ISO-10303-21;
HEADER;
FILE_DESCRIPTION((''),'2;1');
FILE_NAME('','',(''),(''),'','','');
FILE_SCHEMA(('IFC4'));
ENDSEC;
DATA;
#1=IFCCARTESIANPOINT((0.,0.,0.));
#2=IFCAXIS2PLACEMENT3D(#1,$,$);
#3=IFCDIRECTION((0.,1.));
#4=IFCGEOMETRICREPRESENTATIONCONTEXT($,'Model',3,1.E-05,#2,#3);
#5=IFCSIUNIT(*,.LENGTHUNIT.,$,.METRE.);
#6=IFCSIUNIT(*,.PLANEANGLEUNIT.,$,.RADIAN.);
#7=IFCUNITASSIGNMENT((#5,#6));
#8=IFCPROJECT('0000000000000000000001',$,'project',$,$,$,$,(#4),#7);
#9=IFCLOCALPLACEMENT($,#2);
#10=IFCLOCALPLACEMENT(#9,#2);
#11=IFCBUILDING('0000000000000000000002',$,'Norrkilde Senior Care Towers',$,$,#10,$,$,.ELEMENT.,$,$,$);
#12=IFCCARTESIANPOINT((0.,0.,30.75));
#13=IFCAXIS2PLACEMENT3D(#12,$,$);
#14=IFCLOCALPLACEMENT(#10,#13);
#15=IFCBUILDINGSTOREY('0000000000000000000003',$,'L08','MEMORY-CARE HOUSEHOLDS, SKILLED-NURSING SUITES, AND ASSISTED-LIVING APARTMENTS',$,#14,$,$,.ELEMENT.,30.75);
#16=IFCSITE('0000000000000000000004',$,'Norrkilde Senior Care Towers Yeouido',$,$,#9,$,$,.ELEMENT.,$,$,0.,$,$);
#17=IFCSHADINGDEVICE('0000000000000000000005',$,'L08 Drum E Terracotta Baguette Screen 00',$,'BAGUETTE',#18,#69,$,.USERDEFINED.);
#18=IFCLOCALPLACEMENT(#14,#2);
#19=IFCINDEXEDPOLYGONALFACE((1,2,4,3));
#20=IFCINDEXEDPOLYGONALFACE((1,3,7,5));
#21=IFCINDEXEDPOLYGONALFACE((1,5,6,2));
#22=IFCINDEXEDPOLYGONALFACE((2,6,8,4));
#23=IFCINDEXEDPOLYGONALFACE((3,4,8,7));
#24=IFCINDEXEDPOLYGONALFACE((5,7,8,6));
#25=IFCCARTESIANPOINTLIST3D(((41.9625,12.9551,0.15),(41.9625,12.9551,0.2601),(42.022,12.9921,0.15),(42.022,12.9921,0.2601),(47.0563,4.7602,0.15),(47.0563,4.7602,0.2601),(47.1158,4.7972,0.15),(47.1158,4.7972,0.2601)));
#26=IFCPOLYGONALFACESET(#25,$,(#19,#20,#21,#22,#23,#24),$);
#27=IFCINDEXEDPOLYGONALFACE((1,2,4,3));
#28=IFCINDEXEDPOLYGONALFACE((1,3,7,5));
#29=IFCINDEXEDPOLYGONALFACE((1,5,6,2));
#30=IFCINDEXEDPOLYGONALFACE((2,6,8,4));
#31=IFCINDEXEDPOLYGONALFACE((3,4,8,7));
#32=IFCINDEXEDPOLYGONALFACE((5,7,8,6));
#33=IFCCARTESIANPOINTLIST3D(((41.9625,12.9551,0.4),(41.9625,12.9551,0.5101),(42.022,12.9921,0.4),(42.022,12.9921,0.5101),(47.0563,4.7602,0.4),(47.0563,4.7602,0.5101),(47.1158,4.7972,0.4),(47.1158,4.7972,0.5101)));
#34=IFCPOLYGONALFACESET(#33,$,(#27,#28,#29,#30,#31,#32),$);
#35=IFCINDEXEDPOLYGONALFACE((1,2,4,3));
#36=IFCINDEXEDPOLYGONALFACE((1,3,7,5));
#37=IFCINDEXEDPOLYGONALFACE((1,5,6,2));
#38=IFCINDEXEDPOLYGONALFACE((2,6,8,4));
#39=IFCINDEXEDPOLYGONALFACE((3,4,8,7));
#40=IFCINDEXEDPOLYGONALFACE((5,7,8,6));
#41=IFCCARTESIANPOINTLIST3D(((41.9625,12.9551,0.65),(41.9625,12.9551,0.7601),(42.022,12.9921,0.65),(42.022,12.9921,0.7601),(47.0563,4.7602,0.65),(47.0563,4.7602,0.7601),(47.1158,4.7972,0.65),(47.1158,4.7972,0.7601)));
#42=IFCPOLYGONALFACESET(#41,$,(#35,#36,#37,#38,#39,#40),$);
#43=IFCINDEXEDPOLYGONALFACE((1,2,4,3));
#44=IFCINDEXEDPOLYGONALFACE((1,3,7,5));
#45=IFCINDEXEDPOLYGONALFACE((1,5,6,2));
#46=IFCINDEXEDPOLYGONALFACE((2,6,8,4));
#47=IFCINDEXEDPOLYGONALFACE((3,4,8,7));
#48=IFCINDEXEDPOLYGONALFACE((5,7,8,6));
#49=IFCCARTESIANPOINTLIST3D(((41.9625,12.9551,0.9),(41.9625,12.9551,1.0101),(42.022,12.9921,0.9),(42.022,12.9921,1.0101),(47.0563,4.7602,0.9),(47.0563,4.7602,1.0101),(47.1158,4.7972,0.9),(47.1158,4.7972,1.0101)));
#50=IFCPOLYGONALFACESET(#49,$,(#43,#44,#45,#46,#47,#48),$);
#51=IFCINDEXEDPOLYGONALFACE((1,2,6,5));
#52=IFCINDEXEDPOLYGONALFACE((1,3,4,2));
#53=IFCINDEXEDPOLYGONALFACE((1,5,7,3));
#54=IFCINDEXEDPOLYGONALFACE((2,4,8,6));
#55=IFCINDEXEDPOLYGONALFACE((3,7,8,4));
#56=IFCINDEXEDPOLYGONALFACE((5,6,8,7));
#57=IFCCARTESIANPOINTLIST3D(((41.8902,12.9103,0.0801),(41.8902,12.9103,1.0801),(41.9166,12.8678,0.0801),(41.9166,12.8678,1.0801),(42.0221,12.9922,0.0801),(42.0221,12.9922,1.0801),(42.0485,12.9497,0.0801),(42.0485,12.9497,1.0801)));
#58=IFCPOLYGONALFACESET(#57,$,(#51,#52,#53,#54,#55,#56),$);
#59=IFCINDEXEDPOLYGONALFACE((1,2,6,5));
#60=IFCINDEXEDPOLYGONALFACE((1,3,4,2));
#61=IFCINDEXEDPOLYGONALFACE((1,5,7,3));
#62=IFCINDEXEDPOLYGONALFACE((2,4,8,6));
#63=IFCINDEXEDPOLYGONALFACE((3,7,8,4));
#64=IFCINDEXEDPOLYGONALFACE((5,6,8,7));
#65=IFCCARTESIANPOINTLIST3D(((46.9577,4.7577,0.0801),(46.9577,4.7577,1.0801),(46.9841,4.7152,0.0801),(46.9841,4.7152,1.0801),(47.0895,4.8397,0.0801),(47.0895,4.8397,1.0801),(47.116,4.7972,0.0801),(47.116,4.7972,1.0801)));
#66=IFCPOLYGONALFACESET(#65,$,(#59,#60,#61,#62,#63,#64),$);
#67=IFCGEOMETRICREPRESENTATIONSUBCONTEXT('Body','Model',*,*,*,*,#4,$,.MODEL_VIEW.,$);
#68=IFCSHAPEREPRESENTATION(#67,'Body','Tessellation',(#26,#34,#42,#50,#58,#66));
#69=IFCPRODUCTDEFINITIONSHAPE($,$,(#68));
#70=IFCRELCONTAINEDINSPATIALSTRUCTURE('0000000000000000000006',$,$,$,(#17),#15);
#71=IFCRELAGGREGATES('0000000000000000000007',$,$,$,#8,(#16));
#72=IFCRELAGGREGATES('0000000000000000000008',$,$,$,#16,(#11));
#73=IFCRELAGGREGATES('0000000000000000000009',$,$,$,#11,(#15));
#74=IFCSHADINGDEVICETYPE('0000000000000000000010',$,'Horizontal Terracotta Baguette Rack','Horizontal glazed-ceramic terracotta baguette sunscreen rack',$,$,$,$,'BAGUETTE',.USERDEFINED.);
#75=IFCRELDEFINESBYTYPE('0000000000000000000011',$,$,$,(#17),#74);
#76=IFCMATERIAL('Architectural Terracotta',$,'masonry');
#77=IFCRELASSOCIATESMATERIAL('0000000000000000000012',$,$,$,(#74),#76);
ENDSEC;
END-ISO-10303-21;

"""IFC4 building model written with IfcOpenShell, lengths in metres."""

from ifc_helpers import new_model, si_unit, direction, frame, origin, origin_2d, place, context, subcontext, project, spatial, rectangle, extrude, source, transform, mapped, material, type_object, type_shapes, element, save


model = new_model("IFC4")

# Units and contexts
model_context = context("Model", 3, precision=1e-05, world=origin(), true_north=direction((0.0, 1.0)))
body_context = subcontext(model_context, "Body", "Model", "MODEL_VIEW")
ifc_project = project(units=[si_unit("LENGTHUNIT", "METRE"), si_unit("PLANEANGLEUNIT", "RADIAN")], contexts=[model_context])

# Site, building, storey
site_placement = place(None, origin())
site = spatial("IfcSite", under=ifc_project, at=site_placement, Name="Norrkilde Senior Care Towers Yeouido", CompositionType="ELEMENT", RefElevation=0.0)
building_placement = place(site_placement, origin())
building = spatial("IfcBuilding", under=site, at=building_placement, Name="Norrkilde Senior Care Towers", CompositionType="ELEMENT")
storey_placement = place(building_placement, frame((0.0, 0.0, 30.75)))
storey = spatial("IfcBuildingStorey", under=building, at=storey_placement, Name="L08", Description="MEMORY-CARE HOUSEHOLDS, SKILLED-NURSING SUITES, AND ASSISTED-LIVING APARTMENTS", CompositionType="ELEMENT", Elevation=30.75)

# Shading device
ifc_material_1 = material(Name="Architectural Terracotta", Category="masonry")
shading_device_type = type_object("IfcShadingDeviceType", Name="Horizontal Terracotta Baguette Rack", Description="Horizontal glazed-ceramic terracotta baguette sunscreen rack", ElementType="BAGUETTE", PredefinedType="USERDEFINED", material=ifc_material_1)
shared_shape_1 = source(origin(), body_context, "Body", "SweptSolid", [
    extrude(rectangle(XDim=0.0701, YDim=0.1101, at=origin_2d()), frame((0.0, 0.0901, 0.125), z_axis=(1.0, 0.0, 0.0), x_axis=(0.0, 1.0, 0.0)), (0.0, 0.0, 1.0), 9.6489),
    extrude(rectangle(XDim=0.0701, YDim=0.1101, at=origin_2d()), frame((0.0, 0.0901, 0.375), z_axis=(1.0, 0.0, 0.0), x_axis=(0.0, 1.0, 0.0)), (0.0, 0.0, 1.0), 9.6489),
    extrude(rectangle(XDim=0.0701, YDim=0.1101, at=origin_2d()), frame((0.0, 0.0901, 0.625), z_axis=(1.0, 0.0, 0.0), x_axis=(0.0, 1.0, 0.0)), (0.0, 0.0, 1.0), 9.6489),
    extrude(rectangle(XDim=0.0701, YDim=0.1101, at=origin_2d()), frame((0.0, 0.0901, 0.875), z_axis=(1.0, 0.0, 0.0), x_axis=(0.0, 1.0, 0.0)), (0.0, 0.0, 1.0), 9.6489),
    extrude(rectangle(XDim=0.05, YDim=0.1553, at=origin_2d()), frame((0.0249, 0.0476, 0.0)), (0.0, 0.0, 1.0), 1.0),
    extrude(rectangle(XDim=0.05, YDim=0.1553, at=origin_2d()), frame((9.624, 0.0476, 0.0)), (0.0, 0.0, 1.0), 1.0),
])
type_shapes(shading_device_type, [shared_shape_1])
shading_device_placement = place(storey_placement, frame((41.9158, 12.926, 0.0801), z_axis=(0.0, 0.0, 1.0), x_axis=(0.527909, -0.849299, 0.0)))
element("IfcShadingDevice", 1, at=shading_device_placement, inside=storey, type_object=shading_device_type, Name="L08 Drum E Terracotta Baguette Screen 00", ObjectType="BAGUETTE", PredefinedType="USERDEFINED", context=body_context, shape_type="MappedRepresentation", body=[
    mapped(shared_shape_1, transform((0.0, 0.0, 0.0), x_axis=(1.0, 0.0, 0.0), y_axis=(0.0, 1.0, 0.0), z_axis=(0.0, 0.0, 1.0), scale=1.0)),
])

save(model, "model.ifc")
